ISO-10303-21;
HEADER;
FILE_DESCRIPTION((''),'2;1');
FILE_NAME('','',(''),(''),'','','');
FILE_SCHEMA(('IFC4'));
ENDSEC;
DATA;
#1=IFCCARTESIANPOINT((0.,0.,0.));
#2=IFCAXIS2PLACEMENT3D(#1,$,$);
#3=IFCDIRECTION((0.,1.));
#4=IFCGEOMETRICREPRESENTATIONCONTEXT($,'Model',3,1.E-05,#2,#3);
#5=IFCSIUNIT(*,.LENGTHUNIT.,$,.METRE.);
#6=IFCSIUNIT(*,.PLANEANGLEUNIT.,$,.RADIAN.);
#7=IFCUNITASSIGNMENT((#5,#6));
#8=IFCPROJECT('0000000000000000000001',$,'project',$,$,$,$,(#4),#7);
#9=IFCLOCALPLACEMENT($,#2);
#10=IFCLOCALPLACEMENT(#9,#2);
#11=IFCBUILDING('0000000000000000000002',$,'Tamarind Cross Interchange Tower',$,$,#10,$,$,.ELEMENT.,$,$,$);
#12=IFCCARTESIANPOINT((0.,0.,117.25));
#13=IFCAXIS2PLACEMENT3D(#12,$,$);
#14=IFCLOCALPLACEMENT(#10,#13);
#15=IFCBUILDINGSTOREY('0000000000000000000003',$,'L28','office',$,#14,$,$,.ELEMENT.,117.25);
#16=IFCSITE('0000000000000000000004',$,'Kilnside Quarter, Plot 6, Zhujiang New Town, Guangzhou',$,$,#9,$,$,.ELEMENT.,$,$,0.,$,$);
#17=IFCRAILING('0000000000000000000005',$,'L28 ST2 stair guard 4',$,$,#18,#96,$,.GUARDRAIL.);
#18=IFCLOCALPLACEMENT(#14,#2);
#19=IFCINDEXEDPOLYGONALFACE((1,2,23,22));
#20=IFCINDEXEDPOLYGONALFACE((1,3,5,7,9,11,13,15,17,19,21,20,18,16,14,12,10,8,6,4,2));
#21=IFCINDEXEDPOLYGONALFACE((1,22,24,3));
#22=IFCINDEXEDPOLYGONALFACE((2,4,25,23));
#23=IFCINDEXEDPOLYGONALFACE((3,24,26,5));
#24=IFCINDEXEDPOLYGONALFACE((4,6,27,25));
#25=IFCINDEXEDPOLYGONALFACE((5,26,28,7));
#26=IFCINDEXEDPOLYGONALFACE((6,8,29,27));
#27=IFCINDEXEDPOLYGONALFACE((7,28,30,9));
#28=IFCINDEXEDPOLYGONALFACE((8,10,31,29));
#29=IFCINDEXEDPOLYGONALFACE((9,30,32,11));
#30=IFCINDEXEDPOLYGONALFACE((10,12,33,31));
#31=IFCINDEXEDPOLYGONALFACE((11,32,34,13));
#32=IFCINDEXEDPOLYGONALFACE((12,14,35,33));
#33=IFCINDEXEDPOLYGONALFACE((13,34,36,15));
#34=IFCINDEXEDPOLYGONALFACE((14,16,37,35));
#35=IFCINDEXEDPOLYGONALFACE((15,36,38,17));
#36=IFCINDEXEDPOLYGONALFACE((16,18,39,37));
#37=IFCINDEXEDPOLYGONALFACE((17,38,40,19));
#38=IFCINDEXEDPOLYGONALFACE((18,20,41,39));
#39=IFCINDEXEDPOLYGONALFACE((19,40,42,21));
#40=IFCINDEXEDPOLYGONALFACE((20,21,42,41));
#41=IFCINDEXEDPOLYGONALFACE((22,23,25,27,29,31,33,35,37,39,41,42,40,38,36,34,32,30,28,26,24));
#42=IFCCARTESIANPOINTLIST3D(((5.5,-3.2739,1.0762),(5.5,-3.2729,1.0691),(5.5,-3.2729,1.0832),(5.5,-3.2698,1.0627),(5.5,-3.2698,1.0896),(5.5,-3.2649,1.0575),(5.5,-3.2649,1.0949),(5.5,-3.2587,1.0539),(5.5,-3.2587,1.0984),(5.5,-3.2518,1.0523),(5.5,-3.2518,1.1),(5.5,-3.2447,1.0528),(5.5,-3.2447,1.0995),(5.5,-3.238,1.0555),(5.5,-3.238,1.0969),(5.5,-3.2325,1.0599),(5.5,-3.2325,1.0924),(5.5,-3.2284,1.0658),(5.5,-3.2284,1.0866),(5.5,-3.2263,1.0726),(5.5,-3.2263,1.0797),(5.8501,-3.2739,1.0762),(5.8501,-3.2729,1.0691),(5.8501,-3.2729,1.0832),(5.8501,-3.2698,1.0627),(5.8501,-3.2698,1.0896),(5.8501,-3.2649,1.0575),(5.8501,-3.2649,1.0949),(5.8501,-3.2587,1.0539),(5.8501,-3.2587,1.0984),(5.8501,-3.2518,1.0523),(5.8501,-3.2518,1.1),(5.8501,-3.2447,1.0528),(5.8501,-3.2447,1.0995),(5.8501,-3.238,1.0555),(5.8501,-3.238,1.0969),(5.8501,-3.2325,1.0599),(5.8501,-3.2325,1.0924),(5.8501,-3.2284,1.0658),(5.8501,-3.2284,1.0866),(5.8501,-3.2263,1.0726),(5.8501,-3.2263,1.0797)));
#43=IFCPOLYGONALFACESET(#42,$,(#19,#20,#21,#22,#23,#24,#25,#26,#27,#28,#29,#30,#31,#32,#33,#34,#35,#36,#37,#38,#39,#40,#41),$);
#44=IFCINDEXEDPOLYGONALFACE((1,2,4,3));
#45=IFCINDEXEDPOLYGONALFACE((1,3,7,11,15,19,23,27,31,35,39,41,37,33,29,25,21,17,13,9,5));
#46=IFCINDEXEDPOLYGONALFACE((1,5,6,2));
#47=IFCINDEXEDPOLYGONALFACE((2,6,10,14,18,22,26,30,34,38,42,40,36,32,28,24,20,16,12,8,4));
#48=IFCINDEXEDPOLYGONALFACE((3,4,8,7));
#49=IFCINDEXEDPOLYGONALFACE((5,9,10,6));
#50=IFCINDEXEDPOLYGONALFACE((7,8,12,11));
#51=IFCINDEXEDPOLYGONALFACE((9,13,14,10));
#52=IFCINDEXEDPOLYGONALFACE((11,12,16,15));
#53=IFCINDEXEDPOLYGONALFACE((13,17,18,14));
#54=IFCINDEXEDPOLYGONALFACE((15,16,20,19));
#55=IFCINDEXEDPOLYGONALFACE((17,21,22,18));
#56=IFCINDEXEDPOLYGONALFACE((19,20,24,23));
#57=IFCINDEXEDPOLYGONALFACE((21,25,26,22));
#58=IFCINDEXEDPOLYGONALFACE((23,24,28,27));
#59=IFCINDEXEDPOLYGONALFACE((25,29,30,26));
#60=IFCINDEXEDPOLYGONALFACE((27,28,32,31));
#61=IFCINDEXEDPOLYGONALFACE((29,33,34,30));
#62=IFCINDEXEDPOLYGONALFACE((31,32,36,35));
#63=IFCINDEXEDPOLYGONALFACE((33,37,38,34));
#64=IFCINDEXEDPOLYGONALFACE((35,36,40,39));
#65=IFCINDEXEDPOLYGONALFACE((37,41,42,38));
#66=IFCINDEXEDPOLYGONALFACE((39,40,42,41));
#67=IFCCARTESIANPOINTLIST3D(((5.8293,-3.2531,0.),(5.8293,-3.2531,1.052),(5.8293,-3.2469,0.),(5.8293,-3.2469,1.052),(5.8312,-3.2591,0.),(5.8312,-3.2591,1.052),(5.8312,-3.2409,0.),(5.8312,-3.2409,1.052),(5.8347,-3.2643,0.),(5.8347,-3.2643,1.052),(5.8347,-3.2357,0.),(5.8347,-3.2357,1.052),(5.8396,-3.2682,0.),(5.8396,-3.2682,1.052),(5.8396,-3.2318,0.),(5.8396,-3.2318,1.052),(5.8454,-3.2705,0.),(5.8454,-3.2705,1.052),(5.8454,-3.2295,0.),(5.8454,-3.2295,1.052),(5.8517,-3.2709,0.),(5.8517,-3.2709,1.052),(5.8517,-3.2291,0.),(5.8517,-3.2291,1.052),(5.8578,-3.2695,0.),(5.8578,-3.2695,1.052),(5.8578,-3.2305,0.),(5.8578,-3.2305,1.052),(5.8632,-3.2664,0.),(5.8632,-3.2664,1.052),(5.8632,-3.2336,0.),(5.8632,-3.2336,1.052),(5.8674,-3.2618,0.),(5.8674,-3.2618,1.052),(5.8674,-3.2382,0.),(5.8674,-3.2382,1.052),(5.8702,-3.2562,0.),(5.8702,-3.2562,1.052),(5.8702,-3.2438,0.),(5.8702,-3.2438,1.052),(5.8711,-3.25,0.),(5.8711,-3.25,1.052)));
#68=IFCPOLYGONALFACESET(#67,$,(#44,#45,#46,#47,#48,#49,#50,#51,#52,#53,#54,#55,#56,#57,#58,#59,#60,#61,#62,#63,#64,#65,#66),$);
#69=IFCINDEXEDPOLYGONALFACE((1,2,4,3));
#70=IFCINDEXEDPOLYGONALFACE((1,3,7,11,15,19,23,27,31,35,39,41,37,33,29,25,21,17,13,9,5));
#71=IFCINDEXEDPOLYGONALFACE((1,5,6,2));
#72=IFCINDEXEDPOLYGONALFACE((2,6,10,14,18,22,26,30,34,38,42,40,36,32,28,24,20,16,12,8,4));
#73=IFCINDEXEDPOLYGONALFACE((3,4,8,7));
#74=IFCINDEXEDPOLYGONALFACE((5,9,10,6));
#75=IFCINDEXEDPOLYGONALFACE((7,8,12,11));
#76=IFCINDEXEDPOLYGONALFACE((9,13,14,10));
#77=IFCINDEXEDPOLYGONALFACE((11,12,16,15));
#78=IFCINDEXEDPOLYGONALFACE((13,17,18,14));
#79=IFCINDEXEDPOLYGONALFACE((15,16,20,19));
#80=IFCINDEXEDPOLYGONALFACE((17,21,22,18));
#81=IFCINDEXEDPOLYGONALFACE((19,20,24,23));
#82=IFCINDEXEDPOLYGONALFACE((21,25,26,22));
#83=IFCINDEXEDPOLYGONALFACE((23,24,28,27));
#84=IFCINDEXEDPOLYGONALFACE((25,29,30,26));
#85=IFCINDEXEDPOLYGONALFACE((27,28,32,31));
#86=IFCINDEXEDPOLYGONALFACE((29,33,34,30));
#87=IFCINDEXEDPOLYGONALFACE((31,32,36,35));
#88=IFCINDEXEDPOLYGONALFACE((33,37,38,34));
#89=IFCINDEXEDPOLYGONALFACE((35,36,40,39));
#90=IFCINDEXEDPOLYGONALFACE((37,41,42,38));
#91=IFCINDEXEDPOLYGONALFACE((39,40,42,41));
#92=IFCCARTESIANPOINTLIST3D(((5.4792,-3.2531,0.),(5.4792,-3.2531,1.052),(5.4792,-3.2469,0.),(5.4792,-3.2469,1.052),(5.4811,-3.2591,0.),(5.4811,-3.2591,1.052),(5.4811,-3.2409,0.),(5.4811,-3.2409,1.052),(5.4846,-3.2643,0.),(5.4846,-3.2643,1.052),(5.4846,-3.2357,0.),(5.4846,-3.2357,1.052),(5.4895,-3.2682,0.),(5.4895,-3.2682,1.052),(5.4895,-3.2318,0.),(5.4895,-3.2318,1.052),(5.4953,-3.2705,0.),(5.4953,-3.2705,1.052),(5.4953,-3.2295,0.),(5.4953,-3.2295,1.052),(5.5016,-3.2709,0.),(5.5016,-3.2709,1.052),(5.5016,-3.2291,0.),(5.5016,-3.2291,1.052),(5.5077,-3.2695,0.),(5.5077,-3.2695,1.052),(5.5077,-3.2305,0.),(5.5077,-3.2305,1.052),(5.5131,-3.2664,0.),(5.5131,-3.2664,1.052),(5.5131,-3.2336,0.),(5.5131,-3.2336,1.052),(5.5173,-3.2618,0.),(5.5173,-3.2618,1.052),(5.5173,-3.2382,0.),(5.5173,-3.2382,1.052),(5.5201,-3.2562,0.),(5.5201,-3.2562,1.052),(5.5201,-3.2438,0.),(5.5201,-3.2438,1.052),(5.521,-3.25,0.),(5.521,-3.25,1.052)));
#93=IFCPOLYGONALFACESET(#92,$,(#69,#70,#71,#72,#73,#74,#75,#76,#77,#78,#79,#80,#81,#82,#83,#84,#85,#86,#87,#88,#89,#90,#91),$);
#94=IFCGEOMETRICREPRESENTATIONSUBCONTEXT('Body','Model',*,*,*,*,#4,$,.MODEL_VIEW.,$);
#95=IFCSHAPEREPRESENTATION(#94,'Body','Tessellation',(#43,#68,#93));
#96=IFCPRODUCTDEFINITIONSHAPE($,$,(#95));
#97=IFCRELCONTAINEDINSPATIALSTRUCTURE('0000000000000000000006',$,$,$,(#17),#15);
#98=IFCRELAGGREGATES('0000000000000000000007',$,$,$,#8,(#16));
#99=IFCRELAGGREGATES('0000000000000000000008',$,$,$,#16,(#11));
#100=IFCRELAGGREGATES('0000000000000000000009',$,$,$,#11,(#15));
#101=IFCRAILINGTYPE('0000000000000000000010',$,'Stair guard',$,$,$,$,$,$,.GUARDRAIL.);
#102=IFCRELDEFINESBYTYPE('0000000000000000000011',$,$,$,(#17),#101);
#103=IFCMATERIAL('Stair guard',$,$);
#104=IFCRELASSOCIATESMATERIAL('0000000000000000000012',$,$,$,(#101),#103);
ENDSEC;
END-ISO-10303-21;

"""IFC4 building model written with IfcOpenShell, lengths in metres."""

from ifc_helpers import new_model, si_unit, direction, frame, origin, origin_2d, place, context, subcontext, project, spatial, circle, extrude, material, type_object, element, save


model = new_model("IFC4")

# Units and contexts
model_context = context("Model", 3, precision=1e-05, world=origin(), true_north=direction((0.0, 1.0)))
body_context = subcontext(model_context, "Body", "Model", "MODEL_VIEW")
ifc_project = project(units=[si_unit("LENGTHUNIT", "METRE"), si_unit("PLANEANGLEUNIT", "RADIAN")], contexts=[model_context])

# Site, building, storey
site_placement = place(None, origin())
site = spatial("IfcSite", under=ifc_project, at=site_placement, Name="Kilnside Quarter, Plot 6, Zhujiang New Town, Guangzhou", CompositionType="ELEMENT", RefElevation=0.0)
building_placement = place(site_placement, origin())
building = spatial("IfcBuilding", under=site, at=building_placement, Name="Tamarind Cross Interchange Tower", CompositionType="ELEMENT")
storey_placement = place(building_placement, frame((0.0, 0.0, 117.25)))
storey = spatial("IfcBuildingStorey", under=building, at=storey_placement, Name="L28", Description="office", CompositionType="ELEMENT", Elevation=117.25)

# Railing
ifc_material_1 = material(Name="Stair guard")
railing_type_1 = type_object("IfcRailingType", Name="Stair guard", PredefinedType="GUARDRAIL", material=ifc_material_1)
railing_1_placement = place(storey_placement, frame((5.8501, -3.25, 0.0)))
element("IfcRailing", 1, at=railing_1_placement, inside=storey, type_object=railing_type_1, Name="L28 ST2 stair guard 4", PredefinedType="GUARDRAIL", context=body_context, shape_type="SweptSolid", body=[
    extrude(circle(Radius=0.0239, at=origin_2d()), frame((0.0, 0.0, 1.0762), z_axis=(-1.0, 0.0, 0.0), x_axis=(0.0, -1.0, 0.0)), (0.0, 0.0, 1.0), 0.3501),
    extrude(circle(Radius=0.021, at=origin_2d()), origin(), (0.0, 0.0, 1.0), 1.052),
    extrude(circle(Radius=0.021, at=origin_2d()), frame((-0.3501, 0.0, 0.0)), (0.0, 0.0, 1.0), 1.052),
])

save(model, "model.ifc")
